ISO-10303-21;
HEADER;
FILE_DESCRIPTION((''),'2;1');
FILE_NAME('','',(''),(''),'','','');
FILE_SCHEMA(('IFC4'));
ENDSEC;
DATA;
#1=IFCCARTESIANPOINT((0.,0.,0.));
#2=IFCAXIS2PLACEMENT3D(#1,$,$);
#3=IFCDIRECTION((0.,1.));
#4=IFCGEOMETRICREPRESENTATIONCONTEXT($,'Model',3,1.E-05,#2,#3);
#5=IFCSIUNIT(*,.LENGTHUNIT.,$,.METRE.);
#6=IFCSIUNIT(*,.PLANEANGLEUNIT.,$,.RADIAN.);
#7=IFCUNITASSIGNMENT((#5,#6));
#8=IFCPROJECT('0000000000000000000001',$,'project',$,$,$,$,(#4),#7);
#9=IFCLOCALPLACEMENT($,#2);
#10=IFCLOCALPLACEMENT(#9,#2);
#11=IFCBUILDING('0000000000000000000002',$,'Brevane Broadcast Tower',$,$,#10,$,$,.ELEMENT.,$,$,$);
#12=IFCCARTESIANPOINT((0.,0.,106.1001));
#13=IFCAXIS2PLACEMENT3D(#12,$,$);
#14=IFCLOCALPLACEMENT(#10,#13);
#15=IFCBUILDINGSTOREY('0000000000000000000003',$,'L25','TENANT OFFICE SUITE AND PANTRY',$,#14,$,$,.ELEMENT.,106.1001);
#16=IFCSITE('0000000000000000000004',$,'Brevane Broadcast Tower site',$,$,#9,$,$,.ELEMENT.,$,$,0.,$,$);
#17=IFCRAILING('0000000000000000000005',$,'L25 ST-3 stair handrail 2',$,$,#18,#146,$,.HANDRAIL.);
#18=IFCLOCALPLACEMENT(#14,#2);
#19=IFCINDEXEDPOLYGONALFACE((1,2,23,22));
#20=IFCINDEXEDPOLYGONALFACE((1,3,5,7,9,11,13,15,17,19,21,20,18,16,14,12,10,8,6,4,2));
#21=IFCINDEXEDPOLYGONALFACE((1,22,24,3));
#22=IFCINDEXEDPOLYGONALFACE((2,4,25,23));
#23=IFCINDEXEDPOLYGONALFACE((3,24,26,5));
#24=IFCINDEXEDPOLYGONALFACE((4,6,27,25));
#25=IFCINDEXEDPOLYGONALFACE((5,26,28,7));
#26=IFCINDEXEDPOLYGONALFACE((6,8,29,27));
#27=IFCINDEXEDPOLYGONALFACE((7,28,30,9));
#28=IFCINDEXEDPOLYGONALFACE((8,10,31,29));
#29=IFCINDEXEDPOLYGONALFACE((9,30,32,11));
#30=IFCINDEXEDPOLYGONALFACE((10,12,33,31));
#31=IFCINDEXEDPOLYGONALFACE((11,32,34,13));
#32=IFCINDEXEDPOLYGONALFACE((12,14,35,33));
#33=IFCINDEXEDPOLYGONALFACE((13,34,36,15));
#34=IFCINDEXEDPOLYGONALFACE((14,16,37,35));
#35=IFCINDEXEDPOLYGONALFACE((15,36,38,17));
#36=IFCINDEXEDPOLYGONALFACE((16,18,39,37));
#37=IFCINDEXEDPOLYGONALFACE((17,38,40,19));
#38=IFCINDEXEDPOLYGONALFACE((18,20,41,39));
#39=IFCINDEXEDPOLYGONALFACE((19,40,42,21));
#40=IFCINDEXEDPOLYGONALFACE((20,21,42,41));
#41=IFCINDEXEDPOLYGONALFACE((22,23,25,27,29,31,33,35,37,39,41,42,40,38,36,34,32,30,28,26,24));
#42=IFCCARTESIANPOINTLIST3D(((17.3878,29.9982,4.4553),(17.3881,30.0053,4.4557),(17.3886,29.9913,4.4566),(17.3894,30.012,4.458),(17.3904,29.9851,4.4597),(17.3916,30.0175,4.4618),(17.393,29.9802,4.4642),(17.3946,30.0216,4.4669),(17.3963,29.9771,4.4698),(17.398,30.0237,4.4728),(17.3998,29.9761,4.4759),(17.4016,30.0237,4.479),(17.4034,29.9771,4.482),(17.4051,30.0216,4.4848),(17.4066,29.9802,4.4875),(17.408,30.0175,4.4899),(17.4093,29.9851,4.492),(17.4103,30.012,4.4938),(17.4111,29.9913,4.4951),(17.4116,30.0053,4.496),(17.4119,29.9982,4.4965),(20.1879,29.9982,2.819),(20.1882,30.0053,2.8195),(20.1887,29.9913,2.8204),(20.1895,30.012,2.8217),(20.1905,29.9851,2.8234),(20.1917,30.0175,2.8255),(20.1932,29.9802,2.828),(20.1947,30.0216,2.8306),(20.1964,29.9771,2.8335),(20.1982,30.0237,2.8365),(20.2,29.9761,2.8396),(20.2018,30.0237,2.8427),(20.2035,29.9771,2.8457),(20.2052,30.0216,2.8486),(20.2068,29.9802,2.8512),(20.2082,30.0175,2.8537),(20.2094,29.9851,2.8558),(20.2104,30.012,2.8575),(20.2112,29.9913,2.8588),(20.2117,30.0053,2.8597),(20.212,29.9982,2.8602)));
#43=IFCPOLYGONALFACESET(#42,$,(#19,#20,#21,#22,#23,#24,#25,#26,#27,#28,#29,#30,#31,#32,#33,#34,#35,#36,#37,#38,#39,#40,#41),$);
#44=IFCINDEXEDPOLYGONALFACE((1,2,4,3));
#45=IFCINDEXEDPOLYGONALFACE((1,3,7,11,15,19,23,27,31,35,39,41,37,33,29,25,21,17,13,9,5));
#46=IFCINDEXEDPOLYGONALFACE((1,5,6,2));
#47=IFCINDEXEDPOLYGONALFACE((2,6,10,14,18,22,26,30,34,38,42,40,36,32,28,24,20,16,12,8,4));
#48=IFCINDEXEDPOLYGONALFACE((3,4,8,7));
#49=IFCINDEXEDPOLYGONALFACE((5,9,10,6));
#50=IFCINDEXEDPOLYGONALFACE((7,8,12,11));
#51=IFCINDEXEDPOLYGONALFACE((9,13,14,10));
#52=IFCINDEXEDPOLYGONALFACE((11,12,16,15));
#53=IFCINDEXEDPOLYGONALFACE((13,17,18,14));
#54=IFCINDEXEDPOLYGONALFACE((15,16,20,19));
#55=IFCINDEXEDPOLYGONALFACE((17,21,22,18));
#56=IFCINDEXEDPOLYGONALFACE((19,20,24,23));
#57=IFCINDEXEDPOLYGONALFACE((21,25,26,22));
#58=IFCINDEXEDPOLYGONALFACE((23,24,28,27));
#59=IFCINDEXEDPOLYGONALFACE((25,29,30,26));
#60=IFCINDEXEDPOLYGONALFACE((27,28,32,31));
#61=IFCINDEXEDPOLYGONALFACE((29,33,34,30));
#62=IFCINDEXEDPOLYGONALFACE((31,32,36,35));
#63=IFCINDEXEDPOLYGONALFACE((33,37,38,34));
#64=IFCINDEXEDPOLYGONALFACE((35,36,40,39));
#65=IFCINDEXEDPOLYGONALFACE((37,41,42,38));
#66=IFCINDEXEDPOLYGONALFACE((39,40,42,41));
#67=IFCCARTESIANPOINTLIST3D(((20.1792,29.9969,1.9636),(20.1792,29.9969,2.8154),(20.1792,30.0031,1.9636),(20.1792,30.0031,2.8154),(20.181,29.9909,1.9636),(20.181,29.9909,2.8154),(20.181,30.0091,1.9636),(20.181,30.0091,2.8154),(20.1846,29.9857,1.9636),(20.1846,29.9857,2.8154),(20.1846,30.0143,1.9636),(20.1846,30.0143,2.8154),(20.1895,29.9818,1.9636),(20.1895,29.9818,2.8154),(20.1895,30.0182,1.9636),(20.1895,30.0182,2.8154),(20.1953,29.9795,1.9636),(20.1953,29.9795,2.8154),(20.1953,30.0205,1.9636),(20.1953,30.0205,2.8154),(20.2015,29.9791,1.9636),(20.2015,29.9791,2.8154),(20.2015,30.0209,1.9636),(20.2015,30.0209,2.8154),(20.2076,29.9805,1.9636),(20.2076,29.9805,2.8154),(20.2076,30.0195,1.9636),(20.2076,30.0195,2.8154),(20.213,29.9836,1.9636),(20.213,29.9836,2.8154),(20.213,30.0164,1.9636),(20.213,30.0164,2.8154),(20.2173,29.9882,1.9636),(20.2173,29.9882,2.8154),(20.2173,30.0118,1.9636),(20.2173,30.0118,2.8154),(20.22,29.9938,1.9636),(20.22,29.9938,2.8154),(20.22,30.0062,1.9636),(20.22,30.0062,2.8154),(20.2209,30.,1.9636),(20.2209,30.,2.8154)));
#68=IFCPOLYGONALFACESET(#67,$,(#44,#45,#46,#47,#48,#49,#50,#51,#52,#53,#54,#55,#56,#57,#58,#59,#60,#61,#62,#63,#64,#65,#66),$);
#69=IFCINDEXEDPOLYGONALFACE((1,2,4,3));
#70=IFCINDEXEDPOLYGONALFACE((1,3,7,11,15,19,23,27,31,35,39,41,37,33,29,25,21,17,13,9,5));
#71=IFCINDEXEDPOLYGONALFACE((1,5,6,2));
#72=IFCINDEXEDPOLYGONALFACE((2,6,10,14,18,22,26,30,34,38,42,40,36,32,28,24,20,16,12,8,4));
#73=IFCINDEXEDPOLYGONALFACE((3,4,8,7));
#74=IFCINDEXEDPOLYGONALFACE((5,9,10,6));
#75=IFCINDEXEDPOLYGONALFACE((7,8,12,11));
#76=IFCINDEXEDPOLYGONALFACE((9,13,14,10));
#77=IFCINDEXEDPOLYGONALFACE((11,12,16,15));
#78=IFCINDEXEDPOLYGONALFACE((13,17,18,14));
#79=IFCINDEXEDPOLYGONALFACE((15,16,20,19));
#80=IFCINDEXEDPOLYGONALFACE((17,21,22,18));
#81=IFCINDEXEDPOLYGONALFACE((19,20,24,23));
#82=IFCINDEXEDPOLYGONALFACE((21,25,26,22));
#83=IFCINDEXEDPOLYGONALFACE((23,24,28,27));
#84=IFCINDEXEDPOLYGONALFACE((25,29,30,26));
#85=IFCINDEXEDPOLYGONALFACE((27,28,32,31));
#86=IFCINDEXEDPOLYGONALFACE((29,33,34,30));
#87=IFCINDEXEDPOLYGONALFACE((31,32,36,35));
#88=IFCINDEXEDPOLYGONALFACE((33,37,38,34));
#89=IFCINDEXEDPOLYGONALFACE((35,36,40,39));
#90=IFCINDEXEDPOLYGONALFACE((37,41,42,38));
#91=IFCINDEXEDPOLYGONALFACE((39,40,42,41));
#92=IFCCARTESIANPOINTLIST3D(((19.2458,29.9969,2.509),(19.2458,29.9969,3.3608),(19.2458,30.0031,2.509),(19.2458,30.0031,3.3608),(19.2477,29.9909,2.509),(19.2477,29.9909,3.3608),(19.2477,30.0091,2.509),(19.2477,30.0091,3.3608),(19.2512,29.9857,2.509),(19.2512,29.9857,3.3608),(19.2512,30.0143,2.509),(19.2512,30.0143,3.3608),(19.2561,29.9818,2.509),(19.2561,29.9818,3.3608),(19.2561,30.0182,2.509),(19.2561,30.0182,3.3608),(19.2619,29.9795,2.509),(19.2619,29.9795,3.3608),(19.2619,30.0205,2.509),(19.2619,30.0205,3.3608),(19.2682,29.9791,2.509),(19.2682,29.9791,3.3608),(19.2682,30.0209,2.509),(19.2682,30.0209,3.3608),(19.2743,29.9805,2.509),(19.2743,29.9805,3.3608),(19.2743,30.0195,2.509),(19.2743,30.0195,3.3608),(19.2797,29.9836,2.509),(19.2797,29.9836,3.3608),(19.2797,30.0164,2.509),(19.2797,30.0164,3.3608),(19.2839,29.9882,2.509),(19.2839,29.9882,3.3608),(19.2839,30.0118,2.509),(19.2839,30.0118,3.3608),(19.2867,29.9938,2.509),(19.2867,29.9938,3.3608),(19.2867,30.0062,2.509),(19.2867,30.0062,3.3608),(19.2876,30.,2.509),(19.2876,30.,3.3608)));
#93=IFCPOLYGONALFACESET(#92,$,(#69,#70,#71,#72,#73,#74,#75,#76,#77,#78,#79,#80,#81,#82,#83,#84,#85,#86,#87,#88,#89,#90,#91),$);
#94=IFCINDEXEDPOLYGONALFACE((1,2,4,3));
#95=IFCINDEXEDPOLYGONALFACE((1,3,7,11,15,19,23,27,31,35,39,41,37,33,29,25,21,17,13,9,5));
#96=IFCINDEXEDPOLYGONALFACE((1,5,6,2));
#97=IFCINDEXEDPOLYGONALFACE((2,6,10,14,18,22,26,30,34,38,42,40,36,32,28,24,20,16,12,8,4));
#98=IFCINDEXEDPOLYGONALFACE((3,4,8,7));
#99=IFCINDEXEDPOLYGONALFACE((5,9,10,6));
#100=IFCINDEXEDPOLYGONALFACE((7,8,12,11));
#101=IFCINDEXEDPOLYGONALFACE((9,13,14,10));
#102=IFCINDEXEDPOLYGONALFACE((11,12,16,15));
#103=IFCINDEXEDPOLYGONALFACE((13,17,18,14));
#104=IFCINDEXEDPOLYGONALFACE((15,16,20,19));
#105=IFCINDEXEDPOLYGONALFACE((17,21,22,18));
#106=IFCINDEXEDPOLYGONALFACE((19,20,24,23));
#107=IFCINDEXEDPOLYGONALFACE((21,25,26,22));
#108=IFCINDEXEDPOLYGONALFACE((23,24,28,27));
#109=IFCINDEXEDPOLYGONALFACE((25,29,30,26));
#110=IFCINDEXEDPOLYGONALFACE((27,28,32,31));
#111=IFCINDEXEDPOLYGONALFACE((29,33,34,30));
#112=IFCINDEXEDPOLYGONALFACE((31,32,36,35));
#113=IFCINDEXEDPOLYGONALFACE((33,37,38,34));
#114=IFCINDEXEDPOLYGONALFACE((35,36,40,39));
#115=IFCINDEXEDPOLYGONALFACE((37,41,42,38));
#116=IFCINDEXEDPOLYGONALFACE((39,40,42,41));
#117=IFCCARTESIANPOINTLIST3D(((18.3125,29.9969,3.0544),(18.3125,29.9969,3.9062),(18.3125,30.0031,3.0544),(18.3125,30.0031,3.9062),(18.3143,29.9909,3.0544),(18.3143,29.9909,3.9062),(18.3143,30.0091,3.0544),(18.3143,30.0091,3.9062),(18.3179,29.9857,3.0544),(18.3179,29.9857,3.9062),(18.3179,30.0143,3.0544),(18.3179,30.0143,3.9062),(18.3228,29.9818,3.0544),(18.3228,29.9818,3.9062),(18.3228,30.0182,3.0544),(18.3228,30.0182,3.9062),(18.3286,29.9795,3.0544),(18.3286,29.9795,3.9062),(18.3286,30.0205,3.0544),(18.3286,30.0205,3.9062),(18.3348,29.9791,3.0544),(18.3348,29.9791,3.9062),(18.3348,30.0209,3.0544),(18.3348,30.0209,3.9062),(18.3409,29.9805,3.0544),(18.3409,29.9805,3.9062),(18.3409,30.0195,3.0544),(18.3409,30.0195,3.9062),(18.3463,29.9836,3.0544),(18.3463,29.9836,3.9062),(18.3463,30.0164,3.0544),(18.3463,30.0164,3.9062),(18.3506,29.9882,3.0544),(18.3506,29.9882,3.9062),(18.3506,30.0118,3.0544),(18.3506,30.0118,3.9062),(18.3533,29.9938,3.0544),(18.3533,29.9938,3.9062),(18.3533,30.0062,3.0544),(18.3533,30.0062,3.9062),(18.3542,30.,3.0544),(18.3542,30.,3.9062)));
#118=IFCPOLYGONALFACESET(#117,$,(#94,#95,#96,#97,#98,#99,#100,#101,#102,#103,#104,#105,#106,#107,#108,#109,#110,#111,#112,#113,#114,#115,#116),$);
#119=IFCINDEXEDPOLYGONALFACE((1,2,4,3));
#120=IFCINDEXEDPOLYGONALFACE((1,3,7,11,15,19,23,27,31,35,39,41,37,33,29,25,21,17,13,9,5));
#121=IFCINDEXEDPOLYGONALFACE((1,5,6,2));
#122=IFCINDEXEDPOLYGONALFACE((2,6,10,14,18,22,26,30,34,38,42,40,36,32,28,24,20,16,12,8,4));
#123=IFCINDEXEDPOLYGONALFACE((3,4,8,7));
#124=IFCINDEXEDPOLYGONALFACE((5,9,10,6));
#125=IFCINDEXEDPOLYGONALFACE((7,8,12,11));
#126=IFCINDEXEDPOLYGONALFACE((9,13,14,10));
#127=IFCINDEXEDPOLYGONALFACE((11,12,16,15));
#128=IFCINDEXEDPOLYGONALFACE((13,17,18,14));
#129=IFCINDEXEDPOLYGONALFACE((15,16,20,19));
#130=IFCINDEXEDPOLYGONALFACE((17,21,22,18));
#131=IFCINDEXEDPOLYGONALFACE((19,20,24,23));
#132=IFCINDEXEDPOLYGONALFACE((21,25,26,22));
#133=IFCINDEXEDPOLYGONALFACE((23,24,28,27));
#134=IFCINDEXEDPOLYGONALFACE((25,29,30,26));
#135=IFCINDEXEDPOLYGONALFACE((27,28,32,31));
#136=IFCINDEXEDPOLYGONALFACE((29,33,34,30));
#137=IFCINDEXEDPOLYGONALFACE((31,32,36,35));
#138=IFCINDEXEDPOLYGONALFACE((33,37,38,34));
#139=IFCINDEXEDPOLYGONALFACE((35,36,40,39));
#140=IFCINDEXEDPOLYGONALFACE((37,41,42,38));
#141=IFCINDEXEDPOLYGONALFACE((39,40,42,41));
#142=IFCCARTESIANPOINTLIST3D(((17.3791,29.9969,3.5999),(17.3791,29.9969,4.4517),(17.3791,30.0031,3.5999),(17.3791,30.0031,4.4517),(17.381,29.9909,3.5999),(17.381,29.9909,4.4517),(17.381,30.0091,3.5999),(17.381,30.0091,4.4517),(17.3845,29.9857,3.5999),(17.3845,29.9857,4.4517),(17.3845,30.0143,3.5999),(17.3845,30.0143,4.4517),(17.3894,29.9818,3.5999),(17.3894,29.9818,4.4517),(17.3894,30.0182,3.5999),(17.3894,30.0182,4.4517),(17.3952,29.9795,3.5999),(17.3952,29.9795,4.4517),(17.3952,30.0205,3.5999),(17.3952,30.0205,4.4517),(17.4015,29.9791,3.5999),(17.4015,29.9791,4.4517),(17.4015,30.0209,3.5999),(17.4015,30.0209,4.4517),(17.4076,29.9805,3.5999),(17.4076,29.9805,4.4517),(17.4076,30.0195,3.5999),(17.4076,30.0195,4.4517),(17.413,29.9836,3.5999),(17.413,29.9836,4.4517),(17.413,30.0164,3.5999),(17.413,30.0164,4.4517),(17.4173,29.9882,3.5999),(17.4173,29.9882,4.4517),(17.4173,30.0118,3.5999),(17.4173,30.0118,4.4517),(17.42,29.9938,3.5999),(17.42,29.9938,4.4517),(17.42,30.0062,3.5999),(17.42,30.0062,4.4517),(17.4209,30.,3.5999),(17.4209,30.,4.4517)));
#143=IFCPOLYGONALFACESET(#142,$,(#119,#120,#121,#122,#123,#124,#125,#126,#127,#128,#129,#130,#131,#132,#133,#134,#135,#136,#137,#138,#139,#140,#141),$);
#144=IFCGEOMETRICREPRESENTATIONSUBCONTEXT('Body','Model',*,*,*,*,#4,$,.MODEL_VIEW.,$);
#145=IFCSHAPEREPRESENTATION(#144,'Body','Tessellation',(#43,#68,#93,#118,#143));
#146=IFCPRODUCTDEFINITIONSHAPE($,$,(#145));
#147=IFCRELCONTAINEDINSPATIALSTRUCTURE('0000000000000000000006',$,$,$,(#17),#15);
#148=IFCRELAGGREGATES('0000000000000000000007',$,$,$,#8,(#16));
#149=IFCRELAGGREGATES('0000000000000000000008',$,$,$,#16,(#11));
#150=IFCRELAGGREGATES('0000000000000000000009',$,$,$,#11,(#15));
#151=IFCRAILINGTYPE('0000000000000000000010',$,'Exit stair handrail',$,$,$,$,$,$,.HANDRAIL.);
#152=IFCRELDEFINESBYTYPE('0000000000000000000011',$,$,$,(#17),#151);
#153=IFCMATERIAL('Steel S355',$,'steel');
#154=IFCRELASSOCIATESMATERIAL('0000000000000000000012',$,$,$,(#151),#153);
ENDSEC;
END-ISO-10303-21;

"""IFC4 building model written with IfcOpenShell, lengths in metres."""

from ifc_helpers import new_model, si_unit, direction, frame, origin, origin_2d, place, context, subcontext, project, spatial, circle, extrude, material, type_object, element, save


model = new_model("IFC4")

# Units and contexts
model_context = context("Model", 3, precision=1e-05, world=origin(), true_north=direction((0.0, 1.0)))
body_context = subcontext(model_context, "Body", "Model", "MODEL_VIEW")
ifc_project = project(units=[si_unit("LENGTHUNIT", "METRE"), si_unit("PLANEANGLEUNIT", "RADIAN")], contexts=[model_context])

# Site, building, storey
site_placement = place(None, origin())
site = spatial("IfcSite", under=ifc_project, at=site_placement, Name="Brevane Broadcast Tower site", CompositionType="ELEMENT", RefElevation=0.0)
building_placement = place(site_placement, origin())
building = spatial("IfcBuilding", under=site, at=building_placement, Name="Brevane Broadcast Tower", CompositionType="ELEMENT")
storey_placement = place(building_placement, frame((0.0, 0.0, 106.1001)))
storey = spatial("IfcBuildingStorey", under=building, at=storey_placement, Name="L25", Description="TENANT OFFICE SUITE AND PANTRY", CompositionType="ELEMENT", Elevation=106.1001)

# Railing
ifc_material_1 = material(Name="Steel S355", Category="steel")
railing_type_1 = type_object("IfcRailingType", Name="Exit stair handrail", PredefinedType="HANDRAIL", material=ifc_material_1)
railing_1_placement = place(storey_placement, frame((20.2, 30.0, 1.9636)))
element("IfcRailing", 1, at=railing_1_placement, inside=storey, type_object=railing_type_1, Name="L25 ST-3 stair handrail 2", PredefinedType="HANDRAIL", context=body_context, shape_type="SweptSolid", body=[
    extrude(circle(Radius=0.0239, at=origin_2d()), frame((0.0, 0.0, 0.876), z_axis=(-0.863394, 0.0, 0.504531), x_axis=(0.0, -1.0, 0.0)), (0.0, 0.0, 1.0), 3.2432),
    extrude(circle(Radius=0.021, at=origin_2d()), origin(), (0.0, 0.0, 1.0), 0.8518),
    extrude(circle(Radius=0.021, at=origin_2d()), frame((-0.9333, 0.0, 0.5454)), (0.0, 0.0, 1.0), 0.8518),
    extrude(circle(Radius=0.021, at=origin_2d()), frame((-1.8667, 0.0, 1.0908)), (0.0, 0.0, 1.0), 0.8518),
    extrude(circle(Radius=0.021, at=origin_2d()), frame((-2.8, 0.0, 1.6362)), (0.0, 0.0, 1.0), 0.8518),
])

save(model, "model.ifc")
